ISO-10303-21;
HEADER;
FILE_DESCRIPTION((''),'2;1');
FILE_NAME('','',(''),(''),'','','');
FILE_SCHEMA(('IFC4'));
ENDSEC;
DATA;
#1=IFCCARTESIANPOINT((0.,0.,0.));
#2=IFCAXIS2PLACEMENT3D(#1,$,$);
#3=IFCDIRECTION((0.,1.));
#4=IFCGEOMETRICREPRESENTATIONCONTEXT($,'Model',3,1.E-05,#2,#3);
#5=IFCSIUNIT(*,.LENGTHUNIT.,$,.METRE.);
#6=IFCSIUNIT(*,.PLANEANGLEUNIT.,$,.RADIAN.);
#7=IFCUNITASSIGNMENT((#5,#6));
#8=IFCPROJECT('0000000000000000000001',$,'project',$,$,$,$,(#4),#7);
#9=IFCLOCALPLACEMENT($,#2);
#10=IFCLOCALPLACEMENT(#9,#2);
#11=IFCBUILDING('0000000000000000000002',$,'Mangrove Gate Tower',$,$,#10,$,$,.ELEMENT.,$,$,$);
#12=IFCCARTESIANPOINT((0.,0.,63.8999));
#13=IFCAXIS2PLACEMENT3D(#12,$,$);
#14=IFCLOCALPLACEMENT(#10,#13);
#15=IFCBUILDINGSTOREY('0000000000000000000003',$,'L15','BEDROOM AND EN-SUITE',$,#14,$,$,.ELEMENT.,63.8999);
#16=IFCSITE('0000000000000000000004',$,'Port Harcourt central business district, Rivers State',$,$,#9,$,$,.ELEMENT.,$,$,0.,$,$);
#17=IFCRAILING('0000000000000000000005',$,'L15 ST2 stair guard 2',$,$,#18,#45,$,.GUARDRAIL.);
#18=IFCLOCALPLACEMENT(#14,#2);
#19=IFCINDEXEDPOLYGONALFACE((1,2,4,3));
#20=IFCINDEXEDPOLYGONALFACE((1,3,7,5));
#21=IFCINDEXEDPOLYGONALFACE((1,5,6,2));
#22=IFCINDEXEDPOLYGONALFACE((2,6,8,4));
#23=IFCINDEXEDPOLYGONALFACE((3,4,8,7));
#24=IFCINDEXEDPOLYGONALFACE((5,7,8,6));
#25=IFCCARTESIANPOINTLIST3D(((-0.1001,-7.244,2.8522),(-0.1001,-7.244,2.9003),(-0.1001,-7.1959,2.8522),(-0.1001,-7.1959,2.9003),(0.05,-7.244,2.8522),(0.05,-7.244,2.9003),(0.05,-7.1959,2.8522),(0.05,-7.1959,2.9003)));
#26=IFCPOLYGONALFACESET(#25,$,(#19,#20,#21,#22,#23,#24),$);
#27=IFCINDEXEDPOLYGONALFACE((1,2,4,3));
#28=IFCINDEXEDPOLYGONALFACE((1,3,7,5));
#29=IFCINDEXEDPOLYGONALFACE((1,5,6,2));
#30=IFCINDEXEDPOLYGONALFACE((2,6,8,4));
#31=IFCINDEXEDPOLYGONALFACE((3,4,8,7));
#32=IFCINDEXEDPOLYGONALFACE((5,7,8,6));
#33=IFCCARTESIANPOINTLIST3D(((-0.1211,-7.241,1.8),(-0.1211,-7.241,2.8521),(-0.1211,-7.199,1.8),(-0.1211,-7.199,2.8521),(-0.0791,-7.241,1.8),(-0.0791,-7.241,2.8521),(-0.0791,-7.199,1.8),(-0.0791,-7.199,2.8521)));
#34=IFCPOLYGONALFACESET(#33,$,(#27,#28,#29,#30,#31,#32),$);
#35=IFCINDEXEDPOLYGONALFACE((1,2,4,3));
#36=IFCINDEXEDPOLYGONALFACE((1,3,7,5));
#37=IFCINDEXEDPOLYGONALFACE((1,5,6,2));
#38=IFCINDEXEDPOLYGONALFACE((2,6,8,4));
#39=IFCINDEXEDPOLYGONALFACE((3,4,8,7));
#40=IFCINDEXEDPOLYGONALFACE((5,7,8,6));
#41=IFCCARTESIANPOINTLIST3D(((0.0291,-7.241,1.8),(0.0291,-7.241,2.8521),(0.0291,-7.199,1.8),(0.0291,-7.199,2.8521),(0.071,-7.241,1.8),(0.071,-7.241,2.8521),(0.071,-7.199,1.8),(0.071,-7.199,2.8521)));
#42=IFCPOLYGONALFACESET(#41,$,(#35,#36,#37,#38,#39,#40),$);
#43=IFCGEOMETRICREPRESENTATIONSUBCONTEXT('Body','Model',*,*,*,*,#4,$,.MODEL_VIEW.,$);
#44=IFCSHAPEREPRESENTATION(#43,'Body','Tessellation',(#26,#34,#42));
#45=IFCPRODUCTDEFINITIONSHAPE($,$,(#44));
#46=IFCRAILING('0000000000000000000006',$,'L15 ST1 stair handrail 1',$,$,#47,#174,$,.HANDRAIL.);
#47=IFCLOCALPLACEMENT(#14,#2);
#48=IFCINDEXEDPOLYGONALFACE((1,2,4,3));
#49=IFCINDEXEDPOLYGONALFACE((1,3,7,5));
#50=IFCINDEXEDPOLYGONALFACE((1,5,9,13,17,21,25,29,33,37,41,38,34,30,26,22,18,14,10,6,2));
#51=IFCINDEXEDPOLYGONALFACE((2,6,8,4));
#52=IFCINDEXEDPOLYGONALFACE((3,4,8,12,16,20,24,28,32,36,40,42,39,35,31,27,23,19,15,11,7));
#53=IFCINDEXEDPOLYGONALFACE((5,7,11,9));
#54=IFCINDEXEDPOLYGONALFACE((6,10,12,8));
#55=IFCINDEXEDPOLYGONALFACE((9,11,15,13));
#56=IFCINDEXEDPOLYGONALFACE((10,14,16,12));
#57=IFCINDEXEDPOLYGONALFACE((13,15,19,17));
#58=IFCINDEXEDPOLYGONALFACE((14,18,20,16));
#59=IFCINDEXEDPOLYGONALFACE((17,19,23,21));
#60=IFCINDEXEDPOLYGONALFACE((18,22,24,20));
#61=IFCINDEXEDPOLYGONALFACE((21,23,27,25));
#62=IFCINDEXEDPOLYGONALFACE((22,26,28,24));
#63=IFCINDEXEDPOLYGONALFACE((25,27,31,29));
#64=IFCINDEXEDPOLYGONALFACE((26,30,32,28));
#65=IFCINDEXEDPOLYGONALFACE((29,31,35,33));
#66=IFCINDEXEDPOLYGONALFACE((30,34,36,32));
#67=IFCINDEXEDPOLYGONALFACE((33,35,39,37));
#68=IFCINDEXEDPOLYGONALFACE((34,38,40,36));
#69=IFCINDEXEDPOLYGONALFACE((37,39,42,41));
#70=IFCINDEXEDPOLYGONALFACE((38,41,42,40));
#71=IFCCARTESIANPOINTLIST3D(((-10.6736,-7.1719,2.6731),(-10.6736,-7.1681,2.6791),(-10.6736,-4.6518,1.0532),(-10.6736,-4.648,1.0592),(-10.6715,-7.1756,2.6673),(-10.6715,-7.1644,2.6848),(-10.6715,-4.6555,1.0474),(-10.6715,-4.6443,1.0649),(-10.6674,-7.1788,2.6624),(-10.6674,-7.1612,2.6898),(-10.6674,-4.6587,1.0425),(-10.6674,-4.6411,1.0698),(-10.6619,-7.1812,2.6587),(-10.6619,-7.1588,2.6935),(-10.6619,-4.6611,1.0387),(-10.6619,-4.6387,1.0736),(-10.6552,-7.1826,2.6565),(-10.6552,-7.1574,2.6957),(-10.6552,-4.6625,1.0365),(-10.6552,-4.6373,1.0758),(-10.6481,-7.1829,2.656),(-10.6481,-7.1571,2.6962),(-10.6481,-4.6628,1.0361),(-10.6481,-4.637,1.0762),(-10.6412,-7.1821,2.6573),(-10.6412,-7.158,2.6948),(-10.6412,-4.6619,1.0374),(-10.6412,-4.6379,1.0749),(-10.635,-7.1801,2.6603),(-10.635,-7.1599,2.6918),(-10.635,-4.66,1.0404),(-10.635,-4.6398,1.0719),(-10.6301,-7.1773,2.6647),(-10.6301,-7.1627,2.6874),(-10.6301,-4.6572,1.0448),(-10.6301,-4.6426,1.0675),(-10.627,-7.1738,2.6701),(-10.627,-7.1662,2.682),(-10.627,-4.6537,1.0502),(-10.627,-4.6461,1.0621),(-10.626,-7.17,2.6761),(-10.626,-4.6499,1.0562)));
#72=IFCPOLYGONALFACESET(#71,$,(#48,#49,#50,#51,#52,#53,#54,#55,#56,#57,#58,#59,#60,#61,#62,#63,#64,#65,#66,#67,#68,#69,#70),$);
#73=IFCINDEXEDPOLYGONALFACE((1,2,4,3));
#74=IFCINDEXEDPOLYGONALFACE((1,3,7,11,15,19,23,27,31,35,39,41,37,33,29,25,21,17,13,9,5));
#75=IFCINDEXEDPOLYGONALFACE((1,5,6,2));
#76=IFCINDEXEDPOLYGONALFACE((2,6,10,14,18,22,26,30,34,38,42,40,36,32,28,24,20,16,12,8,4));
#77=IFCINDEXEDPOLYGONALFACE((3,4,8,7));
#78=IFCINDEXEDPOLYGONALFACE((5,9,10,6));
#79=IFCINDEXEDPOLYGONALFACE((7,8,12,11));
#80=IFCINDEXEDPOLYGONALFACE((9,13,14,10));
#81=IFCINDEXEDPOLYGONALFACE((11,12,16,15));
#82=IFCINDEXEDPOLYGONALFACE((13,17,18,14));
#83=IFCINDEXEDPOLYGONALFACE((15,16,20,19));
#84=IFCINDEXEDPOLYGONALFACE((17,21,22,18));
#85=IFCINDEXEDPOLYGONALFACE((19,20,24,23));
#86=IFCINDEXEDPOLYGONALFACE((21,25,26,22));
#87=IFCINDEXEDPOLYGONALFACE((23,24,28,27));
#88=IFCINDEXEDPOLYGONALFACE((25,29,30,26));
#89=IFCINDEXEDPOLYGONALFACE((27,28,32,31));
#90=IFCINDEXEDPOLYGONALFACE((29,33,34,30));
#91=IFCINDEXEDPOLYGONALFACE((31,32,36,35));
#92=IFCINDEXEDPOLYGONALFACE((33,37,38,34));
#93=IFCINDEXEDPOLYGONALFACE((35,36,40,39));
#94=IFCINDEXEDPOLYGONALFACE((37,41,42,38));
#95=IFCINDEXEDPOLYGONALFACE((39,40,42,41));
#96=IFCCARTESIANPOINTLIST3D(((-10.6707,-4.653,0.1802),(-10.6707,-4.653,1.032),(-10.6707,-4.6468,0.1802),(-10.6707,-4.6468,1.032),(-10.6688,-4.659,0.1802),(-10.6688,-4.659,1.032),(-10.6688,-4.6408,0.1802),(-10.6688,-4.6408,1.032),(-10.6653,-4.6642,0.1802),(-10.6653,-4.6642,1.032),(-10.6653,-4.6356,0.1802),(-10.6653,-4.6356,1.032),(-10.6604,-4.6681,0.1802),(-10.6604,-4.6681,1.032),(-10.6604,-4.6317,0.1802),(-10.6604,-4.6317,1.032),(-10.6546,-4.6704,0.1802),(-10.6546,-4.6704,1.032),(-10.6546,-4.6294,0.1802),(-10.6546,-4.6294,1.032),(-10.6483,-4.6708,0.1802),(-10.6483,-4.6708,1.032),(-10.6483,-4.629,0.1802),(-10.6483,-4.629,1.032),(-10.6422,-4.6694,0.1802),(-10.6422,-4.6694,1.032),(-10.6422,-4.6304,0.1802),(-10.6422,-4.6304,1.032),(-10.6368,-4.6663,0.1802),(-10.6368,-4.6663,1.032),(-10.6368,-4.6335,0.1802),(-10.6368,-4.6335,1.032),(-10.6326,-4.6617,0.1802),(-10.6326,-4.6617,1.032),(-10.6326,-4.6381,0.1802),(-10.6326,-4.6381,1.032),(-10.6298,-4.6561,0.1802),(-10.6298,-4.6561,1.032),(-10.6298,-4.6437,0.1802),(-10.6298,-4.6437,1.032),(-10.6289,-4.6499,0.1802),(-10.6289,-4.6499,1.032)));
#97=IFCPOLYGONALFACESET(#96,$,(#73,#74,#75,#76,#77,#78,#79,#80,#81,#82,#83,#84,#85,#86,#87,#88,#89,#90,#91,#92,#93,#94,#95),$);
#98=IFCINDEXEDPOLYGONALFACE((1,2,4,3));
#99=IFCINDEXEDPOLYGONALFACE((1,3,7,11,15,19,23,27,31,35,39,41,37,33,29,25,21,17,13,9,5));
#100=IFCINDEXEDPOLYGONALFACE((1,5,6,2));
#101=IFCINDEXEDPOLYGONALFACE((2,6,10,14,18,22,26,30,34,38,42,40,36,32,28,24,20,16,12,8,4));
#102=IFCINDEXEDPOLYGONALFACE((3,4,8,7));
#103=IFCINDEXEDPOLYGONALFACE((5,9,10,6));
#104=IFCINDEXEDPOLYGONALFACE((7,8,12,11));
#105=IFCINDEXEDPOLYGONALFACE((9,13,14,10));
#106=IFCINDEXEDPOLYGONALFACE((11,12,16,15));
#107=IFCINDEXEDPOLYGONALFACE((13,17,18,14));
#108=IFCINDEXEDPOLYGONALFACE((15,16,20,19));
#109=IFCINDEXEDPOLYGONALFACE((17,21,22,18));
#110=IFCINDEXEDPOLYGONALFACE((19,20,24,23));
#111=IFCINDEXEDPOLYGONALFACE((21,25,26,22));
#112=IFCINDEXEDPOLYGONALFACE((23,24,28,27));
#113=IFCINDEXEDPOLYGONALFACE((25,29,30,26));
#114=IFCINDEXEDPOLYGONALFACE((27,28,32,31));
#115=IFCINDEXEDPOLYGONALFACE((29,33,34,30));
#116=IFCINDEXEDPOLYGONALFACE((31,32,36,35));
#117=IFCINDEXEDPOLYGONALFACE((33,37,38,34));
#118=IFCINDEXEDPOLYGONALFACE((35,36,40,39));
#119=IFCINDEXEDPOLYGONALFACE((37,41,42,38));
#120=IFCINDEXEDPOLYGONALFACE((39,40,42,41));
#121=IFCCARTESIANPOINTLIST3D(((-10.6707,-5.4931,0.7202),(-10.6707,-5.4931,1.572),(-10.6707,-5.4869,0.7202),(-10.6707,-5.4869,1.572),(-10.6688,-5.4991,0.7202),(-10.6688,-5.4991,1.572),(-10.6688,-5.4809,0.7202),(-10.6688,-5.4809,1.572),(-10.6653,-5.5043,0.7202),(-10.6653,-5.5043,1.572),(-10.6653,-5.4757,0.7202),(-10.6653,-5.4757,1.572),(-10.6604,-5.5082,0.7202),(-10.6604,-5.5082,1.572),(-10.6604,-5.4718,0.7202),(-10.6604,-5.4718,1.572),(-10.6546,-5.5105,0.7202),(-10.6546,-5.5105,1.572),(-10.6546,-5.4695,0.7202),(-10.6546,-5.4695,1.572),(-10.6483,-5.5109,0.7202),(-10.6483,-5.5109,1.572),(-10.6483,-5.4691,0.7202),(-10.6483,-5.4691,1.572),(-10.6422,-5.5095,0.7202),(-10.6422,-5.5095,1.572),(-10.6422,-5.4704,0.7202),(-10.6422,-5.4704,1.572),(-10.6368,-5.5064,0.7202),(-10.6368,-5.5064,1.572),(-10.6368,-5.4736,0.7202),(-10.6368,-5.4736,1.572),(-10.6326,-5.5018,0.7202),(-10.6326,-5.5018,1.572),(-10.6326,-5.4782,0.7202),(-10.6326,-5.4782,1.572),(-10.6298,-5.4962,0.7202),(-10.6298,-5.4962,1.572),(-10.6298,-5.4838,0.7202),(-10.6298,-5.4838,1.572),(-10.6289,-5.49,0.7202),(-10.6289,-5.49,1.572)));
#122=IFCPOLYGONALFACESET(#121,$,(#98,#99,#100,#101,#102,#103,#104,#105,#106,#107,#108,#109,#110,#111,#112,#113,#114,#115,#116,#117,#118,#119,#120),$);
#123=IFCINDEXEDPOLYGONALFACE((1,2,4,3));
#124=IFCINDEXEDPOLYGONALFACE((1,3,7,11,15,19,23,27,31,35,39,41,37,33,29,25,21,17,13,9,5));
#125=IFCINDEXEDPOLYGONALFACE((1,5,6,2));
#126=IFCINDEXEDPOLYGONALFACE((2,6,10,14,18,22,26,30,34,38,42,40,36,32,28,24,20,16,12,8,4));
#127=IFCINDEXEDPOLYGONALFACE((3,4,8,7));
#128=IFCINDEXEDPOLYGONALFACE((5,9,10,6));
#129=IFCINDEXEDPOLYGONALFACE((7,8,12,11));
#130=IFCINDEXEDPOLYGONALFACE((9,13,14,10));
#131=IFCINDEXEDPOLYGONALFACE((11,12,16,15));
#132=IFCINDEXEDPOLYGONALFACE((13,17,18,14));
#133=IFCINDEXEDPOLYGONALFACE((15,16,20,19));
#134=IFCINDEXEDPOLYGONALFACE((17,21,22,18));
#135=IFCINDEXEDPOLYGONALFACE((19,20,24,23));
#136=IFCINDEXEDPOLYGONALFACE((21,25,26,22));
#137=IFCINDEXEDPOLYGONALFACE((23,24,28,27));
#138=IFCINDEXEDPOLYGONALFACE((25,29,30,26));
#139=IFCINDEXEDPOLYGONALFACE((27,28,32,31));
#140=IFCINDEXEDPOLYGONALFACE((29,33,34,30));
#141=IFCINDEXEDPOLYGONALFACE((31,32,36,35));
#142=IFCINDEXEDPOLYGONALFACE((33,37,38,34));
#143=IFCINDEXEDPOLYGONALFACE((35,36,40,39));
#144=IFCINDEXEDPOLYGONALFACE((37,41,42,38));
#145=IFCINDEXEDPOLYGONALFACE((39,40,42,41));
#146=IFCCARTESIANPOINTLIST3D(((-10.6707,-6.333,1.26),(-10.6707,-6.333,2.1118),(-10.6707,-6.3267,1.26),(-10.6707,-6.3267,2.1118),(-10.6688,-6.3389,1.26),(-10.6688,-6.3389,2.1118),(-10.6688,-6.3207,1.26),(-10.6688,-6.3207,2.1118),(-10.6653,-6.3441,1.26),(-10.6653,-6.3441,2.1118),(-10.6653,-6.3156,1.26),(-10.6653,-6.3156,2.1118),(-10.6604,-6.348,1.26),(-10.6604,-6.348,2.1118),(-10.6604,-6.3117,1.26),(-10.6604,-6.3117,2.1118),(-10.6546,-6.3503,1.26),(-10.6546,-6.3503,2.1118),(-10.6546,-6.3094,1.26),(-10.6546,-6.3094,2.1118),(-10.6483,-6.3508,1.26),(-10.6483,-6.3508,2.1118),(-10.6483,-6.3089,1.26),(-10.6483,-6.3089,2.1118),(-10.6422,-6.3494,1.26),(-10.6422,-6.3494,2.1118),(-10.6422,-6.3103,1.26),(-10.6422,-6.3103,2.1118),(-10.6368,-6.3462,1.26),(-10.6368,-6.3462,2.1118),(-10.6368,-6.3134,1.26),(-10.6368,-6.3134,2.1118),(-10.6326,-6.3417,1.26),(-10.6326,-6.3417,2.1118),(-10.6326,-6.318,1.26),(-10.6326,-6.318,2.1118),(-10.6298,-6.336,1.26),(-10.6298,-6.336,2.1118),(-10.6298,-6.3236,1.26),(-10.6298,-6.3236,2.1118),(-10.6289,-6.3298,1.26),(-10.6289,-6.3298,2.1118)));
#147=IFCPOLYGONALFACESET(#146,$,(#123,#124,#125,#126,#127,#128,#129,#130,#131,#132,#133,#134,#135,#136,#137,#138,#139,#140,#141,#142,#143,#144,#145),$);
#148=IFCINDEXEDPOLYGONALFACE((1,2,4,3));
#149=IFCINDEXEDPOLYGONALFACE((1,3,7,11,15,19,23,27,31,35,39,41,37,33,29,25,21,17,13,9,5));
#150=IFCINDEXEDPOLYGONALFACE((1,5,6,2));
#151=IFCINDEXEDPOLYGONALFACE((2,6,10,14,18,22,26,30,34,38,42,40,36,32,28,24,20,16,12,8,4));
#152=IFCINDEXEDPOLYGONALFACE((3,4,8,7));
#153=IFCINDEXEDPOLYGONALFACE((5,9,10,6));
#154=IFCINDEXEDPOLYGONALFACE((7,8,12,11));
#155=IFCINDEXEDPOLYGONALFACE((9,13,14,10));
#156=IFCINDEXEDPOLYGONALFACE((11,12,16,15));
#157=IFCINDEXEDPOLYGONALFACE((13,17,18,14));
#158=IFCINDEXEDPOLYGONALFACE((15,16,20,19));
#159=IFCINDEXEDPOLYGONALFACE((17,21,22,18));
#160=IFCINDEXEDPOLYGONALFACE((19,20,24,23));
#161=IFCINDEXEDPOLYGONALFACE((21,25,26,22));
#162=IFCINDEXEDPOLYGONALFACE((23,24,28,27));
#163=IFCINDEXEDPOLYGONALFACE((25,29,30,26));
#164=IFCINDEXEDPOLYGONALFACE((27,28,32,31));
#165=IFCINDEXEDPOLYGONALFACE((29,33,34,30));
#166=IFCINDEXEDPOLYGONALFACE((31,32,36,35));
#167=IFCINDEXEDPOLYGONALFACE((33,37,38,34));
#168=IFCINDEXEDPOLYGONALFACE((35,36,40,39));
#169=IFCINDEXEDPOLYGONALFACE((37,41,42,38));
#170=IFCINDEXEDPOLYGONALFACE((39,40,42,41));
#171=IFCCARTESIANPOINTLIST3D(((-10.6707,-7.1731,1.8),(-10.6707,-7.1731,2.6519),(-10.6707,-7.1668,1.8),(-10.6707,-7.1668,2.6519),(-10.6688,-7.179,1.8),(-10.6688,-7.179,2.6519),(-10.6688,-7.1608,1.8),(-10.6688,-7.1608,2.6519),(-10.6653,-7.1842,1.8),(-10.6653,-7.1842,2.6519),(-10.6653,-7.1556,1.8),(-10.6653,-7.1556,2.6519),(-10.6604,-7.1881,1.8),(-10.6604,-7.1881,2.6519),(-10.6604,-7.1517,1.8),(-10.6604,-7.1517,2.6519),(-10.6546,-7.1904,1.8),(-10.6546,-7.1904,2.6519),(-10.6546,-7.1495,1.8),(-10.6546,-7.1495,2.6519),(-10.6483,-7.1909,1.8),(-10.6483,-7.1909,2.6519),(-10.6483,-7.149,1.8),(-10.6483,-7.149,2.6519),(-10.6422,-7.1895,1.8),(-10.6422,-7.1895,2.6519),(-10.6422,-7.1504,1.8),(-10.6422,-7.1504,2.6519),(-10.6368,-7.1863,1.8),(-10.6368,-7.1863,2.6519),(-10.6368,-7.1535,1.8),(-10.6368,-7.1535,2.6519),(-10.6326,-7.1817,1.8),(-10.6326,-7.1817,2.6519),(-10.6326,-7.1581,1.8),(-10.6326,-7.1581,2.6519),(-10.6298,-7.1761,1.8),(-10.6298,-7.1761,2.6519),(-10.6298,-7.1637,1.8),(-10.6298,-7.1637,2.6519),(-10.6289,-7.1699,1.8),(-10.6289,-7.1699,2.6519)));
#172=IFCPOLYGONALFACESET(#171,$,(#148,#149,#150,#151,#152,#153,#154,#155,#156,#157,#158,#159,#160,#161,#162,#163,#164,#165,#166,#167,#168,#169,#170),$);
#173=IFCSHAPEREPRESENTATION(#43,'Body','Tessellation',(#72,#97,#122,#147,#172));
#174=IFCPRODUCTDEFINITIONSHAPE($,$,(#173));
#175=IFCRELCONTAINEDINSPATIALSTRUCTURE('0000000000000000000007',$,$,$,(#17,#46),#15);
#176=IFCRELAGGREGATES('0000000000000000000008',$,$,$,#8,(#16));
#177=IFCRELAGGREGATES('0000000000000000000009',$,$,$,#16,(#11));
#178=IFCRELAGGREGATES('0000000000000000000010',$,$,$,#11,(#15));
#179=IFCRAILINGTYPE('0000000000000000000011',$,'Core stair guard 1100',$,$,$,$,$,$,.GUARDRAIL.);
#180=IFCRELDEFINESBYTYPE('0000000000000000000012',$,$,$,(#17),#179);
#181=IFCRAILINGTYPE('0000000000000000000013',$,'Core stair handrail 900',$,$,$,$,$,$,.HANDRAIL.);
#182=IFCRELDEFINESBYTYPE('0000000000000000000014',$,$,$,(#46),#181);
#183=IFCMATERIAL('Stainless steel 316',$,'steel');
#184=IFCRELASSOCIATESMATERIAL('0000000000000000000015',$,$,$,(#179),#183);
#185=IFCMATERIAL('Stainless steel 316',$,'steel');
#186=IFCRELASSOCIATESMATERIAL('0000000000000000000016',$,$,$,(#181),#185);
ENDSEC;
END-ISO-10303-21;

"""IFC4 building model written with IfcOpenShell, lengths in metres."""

from ifc_helpers import new_model, si_unit, direction, frame, origin, origin_2d, place, context, subcontext, project, spatial, rectangle, circle, extrude, material, type_object, element, save


model = new_model("IFC4")

# Units and contexts
model_context = context("Model", 3, precision=1e-05, world=origin(), true_north=direction((0.0, 1.0)))
body_context = subcontext(model_context, "Body", "Model", "MODEL_VIEW")
ifc_project = project(units=[si_unit("LENGTHUNIT", "METRE"), si_unit("PLANEANGLEUNIT", "RADIAN")], contexts=[model_context])

# Site, building, storey
site_placement = place(None, origin())
site = spatial("IfcSite", under=ifc_project, at=site_placement, Name="Port Harcourt central business district, Rivers State", CompositionType="ELEMENT", RefElevation=0.0)
building_placement = place(site_placement, origin())
building = spatial("IfcBuilding", under=site, at=building_placement, Name="Mangrove Gate Tower", CompositionType="ELEMENT")
storey_placement = place(building_placement, frame((0.0, 0.0, 63.8999)))
storey = spatial("IfcBuildingStorey", under=building, at=storey_placement, Name="L15", Description="BEDROOM AND EN-SUITE", CompositionType="ELEMENT", Elevation=63.8999)

# Railings
ifc_material_1 = material(Name="Stainless steel 316", Category="steel")
railing_type_1 = type_object("IfcRailingType", Name="Core stair guard 1100", PredefinedType="GUARDRAIL", material=ifc_material_1)
railing_1_placement = place(storey_placement, frame((-0.1001, -7.22, 1.8)))
element("IfcRailing", 1, at=railing_1_placement, inside=storey, type_object=railing_type_1, Name="L15 ST2 stair guard 2", PredefinedType="GUARDRAIL", context=body_context, shape_type="SweptSolid", body=[
    extrude(rectangle(XDim=0.0481, YDim=0.0481, at=origin_2d()), frame((0.0, 0.0, 1.0762), z_axis=(1.0, 0.0, 0.0), x_axis=(0.0, 1.0, 0.0)), (0.0, 0.0, 1.0), 0.1501),
    extrude(rectangle(XDim=0.042, YDim=0.042, at=origin_2d()), origin(), (0.0, 0.0, 1.0), 1.052),
    extrude(rectangle(XDim=0.042, YDim=0.042, at=origin_2d()), frame((0.1501, 0.0, 0.0)), (0.0, 0.0, 1.0), 1.052),
])
ifc_material_2 = material(Name="Stainless steel 316", Category="steel")
railing_type_2 = type_object("IfcRailingType", Name="Core stair handrail 900", PredefinedType="HANDRAIL", material=ifc_material_2)
railing_2_placement = place(storey_placement, frame((-10.6499, -4.6499, 0.1802)))
element("IfcRailing", 2, at=railing_2_placement, inside=storey, type_object=railing_type_2, Name="L15 ST1 stair handrail 1", PredefinedType="HANDRAIL", context=body_context, shape_type="SweptSolid", body=[
    extrude(circle(Radius=0.0239, at=origin_2d()), frame((0.0, 0.0, 0.876), z_axis=(0.0, -0.8412, 0.540725), x_axis=(1.0, 0.0, 0.0)), (0.0, 0.0, 1.0), 2.9958),
    extrude(circle(Radius=0.021, at=origin_2d()), origin(), (0.0, 0.0, 1.0), 0.8518),
    extrude(circle(Radius=0.021, at=origin_2d()), frame((0.0, -0.8401, 0.54)), (0.0, 0.0, 1.0), 0.8518),
    extrude(circle(Radius=0.021, at=origin_2d()), frame((0.0, -1.6799, 1.0798)), (0.0, 0.0, 1.0), 0.8518),
    extrude(circle(Radius=0.021, at=origin_2d()), frame((0.0, -2.52, 1.6199)), (0.0, 0.0, 1.0), 0.8518),
])

save(model, "model.ifc")
